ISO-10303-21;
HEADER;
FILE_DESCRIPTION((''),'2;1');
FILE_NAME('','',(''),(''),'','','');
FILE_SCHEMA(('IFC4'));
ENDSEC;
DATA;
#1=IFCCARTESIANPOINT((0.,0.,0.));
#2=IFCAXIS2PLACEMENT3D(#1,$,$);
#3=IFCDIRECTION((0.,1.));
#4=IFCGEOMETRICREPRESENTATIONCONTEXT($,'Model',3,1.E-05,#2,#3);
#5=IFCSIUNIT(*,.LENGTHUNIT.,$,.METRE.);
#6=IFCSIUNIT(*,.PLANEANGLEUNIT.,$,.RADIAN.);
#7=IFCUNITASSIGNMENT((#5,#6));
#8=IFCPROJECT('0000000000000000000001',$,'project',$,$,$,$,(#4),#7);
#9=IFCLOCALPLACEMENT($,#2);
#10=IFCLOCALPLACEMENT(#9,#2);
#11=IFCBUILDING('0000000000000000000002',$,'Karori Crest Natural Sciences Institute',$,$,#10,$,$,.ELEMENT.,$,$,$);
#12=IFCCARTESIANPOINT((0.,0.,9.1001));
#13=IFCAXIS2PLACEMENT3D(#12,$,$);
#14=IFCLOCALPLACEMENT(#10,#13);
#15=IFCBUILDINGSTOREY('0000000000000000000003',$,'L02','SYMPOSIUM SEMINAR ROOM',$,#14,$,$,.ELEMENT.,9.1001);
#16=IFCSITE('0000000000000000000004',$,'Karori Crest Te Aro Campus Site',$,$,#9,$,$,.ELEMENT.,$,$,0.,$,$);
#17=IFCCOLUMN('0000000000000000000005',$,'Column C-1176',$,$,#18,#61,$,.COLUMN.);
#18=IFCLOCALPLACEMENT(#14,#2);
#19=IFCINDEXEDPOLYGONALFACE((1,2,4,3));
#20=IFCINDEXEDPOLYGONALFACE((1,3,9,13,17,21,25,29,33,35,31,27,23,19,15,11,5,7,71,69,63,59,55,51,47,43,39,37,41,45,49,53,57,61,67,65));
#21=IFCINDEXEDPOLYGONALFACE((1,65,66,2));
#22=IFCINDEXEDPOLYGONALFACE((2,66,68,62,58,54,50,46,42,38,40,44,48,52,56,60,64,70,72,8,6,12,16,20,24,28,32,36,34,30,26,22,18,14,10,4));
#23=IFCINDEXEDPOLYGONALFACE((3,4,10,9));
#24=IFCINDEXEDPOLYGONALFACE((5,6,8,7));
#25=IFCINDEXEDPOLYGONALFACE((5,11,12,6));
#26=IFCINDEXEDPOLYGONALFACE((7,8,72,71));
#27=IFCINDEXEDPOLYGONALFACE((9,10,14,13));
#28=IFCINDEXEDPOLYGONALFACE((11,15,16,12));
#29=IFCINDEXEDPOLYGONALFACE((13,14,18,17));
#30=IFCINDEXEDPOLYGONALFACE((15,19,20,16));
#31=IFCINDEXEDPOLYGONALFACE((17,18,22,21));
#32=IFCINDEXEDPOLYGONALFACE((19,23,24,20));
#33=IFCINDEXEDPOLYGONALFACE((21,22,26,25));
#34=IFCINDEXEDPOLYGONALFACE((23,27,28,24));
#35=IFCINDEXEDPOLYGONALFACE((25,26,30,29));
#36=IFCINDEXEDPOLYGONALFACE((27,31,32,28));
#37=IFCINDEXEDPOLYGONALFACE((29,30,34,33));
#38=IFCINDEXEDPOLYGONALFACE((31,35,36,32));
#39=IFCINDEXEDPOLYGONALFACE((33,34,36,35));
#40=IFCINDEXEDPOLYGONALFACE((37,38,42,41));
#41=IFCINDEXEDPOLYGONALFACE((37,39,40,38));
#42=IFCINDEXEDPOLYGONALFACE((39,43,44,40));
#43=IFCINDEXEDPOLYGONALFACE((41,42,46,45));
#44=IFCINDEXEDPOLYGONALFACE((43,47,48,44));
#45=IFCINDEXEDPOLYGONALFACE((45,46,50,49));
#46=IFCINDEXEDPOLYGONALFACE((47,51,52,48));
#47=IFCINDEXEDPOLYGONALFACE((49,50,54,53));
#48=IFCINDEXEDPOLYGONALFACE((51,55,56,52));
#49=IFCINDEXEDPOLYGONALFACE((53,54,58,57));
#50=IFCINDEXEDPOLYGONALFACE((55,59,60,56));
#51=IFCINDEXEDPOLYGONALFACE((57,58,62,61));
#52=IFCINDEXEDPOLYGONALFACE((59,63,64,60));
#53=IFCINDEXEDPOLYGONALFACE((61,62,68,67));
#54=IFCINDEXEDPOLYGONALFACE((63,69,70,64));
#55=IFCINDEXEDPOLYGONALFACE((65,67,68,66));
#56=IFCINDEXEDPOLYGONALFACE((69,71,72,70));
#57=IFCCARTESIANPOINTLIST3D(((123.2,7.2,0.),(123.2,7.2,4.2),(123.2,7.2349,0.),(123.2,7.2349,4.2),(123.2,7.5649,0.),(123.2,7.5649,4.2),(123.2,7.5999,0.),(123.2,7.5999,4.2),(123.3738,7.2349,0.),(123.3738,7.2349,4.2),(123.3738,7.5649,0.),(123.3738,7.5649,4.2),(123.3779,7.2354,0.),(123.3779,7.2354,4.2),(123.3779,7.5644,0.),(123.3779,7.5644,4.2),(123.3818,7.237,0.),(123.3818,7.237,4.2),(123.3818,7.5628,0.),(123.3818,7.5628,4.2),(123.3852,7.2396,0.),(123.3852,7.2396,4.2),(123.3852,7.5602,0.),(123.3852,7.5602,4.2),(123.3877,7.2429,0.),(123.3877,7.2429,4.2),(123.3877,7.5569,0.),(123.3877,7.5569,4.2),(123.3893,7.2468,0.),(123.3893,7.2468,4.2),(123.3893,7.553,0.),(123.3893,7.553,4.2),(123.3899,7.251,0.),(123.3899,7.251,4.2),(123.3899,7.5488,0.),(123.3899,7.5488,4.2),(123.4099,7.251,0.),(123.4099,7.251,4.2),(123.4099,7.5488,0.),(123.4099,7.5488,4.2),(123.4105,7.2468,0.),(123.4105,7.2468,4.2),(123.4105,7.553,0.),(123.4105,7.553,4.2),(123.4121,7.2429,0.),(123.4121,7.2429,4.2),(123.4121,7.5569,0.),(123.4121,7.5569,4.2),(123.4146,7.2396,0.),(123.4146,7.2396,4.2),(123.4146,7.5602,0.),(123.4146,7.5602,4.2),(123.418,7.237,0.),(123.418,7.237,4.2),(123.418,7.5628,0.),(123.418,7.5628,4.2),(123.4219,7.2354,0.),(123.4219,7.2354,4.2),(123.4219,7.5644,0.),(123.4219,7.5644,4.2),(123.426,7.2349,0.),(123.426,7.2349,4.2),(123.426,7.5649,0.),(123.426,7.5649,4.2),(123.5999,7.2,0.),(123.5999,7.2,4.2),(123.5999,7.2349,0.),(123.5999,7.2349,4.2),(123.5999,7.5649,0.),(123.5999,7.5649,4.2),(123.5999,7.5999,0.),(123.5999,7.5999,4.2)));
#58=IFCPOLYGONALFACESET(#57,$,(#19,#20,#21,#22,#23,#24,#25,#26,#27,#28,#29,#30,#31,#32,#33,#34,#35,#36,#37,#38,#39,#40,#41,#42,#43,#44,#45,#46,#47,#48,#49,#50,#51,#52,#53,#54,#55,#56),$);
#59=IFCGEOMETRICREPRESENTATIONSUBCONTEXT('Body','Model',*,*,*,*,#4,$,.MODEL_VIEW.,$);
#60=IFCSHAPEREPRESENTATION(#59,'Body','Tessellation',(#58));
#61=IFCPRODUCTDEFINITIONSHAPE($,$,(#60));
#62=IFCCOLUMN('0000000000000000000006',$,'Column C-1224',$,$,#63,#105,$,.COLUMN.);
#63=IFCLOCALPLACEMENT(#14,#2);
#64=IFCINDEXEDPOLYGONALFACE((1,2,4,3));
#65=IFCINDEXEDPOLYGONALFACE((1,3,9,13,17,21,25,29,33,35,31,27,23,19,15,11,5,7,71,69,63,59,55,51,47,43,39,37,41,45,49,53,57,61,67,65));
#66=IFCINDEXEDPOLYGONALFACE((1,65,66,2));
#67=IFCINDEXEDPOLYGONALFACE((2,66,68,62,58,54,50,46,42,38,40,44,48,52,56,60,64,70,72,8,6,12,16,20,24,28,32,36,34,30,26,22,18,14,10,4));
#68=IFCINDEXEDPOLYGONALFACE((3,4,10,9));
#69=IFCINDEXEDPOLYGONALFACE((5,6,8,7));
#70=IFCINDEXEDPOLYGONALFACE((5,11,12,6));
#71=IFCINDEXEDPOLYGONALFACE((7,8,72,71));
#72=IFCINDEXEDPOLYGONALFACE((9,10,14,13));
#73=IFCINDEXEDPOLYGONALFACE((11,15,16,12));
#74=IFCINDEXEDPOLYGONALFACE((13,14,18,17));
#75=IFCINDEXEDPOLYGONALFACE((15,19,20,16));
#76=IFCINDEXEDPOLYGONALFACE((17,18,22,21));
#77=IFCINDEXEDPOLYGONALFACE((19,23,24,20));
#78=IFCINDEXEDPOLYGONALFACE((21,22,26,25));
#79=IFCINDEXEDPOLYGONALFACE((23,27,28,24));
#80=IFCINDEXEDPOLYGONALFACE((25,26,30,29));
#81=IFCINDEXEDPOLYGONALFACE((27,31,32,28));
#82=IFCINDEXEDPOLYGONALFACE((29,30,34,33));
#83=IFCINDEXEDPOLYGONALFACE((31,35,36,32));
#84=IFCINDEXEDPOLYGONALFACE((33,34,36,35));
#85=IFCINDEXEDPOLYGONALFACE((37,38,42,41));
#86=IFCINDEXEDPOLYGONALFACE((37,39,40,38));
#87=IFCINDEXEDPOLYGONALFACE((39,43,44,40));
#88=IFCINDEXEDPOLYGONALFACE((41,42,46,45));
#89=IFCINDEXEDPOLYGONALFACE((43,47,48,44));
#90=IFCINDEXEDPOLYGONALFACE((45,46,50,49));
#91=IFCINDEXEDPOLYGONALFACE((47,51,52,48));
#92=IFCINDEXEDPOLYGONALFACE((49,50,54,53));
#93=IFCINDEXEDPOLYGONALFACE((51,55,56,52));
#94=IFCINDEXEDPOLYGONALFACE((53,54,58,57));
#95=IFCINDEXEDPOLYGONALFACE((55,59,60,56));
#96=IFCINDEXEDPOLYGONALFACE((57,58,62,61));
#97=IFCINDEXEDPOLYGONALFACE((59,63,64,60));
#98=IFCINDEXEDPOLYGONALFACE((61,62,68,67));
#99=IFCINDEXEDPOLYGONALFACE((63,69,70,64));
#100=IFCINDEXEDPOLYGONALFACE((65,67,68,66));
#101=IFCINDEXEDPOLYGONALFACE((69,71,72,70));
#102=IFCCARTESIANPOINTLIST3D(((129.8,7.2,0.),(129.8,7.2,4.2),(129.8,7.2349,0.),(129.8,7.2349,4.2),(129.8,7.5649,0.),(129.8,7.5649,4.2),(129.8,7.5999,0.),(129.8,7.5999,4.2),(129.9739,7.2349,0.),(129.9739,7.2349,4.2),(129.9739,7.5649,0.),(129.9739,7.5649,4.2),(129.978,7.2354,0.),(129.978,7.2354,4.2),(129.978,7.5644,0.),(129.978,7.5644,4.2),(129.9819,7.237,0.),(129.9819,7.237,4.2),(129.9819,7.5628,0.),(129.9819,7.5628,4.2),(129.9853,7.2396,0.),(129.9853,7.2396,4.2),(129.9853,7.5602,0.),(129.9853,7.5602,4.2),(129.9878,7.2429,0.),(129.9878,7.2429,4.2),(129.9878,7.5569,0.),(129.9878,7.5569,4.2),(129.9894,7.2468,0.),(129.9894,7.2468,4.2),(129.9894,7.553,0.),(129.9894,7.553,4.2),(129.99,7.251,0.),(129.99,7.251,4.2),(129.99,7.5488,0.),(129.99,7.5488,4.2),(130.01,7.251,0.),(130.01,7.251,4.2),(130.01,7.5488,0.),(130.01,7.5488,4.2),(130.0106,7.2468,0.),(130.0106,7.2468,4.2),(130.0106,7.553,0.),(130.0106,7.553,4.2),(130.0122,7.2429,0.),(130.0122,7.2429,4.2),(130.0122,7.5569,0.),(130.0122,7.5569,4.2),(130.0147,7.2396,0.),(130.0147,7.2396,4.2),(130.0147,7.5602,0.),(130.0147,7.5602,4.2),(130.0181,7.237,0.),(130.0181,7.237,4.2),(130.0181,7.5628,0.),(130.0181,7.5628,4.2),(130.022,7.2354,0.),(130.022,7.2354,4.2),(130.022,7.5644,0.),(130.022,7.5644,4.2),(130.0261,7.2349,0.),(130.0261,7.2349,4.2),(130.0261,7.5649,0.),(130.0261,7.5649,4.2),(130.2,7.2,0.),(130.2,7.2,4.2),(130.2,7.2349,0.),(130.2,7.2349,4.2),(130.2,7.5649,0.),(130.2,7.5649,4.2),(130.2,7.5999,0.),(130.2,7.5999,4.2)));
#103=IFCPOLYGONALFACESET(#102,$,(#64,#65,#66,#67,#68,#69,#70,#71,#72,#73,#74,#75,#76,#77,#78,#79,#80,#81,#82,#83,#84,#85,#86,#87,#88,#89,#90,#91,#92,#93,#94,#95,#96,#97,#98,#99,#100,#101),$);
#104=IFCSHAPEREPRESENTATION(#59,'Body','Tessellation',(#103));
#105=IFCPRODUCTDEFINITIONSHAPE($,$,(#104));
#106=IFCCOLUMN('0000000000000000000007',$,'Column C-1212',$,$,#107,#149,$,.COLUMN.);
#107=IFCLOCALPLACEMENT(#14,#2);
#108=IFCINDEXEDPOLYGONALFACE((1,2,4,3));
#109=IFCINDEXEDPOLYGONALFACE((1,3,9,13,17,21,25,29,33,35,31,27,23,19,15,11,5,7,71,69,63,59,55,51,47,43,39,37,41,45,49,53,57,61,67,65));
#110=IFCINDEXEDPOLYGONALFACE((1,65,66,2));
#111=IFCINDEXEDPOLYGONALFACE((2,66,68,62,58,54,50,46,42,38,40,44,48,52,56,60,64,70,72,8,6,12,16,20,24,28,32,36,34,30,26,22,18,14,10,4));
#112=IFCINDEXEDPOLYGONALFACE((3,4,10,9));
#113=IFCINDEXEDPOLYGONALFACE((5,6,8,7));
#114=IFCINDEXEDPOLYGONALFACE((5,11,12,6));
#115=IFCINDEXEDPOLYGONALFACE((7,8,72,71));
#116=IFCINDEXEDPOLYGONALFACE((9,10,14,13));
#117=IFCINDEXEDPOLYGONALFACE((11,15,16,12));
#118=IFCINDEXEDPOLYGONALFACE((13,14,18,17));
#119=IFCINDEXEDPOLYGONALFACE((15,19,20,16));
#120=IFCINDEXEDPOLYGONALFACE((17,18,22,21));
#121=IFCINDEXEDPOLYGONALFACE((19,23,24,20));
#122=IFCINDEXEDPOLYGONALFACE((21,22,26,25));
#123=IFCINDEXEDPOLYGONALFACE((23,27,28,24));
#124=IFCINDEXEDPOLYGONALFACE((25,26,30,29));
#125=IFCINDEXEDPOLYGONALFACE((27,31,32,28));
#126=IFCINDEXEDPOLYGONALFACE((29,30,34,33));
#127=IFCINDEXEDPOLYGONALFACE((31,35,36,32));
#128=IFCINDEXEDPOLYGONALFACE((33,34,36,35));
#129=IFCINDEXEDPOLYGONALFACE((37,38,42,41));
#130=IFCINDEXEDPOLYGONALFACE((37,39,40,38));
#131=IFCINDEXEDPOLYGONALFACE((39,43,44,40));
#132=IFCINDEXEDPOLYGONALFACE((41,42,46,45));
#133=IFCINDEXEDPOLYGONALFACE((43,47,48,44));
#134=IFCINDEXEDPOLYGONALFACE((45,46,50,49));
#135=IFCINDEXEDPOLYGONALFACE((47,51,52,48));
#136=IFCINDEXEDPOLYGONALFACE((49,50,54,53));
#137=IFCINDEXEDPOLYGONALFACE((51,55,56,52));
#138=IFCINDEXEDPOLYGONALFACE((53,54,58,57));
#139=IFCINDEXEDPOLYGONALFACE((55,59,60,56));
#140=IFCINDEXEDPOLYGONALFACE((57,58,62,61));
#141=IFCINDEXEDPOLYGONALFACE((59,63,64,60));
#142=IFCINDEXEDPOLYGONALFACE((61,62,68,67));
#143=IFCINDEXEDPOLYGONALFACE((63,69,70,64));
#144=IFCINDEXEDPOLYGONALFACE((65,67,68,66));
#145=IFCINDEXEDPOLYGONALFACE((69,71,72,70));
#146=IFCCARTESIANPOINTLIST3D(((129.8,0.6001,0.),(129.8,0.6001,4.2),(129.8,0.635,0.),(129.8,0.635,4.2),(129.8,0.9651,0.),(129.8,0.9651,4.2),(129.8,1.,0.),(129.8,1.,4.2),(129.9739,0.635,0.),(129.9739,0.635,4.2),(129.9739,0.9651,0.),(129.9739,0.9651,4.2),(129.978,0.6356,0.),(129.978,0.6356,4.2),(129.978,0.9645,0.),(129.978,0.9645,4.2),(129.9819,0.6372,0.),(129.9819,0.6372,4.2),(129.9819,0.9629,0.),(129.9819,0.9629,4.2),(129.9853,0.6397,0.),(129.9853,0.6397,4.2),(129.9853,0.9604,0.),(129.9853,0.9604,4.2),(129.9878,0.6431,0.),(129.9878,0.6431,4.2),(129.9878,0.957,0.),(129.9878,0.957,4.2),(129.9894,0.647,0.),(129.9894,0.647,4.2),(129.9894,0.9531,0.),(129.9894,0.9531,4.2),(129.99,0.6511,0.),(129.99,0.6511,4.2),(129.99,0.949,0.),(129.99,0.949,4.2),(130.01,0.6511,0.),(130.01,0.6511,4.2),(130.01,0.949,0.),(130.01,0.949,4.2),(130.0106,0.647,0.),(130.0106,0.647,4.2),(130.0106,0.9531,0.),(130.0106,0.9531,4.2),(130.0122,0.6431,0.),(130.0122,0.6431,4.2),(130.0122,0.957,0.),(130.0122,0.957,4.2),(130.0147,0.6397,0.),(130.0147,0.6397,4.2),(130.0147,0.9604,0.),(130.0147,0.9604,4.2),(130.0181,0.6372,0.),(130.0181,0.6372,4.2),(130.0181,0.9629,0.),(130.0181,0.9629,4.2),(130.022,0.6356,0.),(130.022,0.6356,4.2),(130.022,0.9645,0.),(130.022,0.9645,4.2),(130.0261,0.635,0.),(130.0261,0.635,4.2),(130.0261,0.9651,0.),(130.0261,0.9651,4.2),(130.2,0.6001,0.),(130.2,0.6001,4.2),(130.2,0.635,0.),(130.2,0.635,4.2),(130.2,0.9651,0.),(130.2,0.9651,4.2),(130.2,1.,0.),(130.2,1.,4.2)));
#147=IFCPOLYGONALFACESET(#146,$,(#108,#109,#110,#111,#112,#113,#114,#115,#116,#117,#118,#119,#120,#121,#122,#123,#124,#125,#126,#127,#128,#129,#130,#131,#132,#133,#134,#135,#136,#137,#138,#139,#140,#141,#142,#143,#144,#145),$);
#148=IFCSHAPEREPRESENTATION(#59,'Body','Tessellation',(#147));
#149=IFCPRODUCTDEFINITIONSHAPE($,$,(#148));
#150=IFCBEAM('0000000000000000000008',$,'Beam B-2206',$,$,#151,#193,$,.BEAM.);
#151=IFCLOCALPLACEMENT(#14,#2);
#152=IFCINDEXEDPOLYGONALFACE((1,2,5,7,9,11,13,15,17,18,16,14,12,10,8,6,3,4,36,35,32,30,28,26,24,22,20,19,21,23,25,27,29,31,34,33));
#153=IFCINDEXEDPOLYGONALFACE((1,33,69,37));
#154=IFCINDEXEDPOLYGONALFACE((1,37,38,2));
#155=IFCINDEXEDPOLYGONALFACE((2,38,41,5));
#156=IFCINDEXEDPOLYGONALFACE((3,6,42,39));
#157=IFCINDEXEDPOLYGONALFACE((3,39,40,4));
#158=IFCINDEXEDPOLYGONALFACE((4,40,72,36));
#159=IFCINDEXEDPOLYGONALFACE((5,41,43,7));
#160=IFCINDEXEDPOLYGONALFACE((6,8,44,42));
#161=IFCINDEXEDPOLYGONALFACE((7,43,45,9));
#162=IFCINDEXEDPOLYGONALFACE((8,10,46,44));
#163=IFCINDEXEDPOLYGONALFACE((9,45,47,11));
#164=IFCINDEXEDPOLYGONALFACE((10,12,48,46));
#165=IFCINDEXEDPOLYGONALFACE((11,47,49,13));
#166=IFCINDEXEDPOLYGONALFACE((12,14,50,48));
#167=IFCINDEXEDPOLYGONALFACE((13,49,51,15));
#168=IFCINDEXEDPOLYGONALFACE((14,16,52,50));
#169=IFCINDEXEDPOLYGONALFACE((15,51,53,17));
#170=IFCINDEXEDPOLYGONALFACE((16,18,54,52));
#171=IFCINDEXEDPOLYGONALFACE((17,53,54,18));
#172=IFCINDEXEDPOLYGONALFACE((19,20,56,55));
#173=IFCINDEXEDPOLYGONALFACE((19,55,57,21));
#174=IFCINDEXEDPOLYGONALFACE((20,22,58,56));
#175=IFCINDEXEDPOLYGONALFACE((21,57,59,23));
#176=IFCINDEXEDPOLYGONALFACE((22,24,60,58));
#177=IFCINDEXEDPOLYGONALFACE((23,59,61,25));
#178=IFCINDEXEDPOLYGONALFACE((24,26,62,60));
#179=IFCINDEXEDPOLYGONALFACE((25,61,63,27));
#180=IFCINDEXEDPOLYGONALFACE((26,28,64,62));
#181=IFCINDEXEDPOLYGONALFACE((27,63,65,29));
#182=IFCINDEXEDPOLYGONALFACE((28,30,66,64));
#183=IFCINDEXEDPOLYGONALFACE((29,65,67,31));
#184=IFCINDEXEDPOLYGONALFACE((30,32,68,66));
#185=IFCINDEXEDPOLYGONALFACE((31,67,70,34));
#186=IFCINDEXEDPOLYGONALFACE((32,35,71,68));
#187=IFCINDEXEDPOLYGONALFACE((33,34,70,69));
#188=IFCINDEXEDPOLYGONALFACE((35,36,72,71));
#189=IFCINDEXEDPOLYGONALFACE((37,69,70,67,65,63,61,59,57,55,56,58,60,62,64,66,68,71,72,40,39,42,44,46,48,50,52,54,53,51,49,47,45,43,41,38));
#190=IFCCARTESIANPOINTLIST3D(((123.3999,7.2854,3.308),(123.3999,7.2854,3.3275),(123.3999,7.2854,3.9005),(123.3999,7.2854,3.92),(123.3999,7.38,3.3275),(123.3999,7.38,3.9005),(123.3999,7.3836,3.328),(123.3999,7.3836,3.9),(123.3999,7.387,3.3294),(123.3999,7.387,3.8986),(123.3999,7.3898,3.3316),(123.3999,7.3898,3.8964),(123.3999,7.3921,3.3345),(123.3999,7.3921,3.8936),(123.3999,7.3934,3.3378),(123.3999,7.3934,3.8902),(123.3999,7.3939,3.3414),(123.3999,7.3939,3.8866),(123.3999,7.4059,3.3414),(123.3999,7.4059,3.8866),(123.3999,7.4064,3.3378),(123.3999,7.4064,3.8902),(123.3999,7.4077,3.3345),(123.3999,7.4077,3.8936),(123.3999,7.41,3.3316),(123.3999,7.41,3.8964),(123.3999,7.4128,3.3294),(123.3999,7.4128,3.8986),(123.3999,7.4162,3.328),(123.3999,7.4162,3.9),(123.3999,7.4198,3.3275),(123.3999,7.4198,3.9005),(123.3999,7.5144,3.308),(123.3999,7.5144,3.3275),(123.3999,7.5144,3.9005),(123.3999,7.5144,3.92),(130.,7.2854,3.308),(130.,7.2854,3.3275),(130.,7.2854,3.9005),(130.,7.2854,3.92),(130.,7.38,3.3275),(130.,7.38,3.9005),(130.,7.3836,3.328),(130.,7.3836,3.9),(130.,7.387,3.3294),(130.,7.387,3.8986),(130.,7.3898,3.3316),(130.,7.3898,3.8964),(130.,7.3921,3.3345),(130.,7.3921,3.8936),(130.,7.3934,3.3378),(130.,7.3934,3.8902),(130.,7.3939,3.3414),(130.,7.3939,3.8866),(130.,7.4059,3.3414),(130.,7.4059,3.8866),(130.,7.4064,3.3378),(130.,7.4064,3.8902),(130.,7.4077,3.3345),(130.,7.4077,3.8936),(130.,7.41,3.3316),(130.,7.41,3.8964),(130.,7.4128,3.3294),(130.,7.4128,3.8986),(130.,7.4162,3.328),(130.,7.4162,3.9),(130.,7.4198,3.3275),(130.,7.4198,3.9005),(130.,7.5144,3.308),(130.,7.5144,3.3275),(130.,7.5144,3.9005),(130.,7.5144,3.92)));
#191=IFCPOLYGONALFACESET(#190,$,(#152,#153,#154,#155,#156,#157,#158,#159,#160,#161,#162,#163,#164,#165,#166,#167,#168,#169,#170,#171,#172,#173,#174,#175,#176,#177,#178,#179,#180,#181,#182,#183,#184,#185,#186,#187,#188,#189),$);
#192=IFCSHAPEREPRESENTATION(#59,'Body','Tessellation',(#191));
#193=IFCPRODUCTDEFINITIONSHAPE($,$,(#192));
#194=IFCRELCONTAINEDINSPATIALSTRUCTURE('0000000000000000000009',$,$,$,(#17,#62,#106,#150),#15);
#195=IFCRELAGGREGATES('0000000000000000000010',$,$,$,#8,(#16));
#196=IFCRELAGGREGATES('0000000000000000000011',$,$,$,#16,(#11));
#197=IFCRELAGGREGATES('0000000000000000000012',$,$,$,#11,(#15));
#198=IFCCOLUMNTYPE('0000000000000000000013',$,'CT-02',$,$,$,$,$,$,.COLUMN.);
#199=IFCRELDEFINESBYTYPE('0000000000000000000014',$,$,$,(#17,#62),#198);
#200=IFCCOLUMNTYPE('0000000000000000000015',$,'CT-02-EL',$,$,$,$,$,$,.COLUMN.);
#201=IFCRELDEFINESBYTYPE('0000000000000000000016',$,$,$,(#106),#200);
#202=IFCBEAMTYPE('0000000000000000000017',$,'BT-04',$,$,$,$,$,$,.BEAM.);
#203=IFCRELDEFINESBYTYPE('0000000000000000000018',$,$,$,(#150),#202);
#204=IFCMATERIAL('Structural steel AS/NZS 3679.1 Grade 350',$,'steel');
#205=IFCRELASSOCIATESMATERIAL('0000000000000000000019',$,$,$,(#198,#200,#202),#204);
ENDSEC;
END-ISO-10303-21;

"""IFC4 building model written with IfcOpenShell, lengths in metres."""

from ifc_helpers import new_model, si_unit, direction, frame, origin, origin_2d, place, context, subcontext, project, spatial, i_section, extrude, material, material_profile, profile_set, type_object, element, save


model = new_model("IFC4")

# Units and contexts
model_context = context("Model", 3, precision=1e-05, world=origin(), true_north=direction((0.0, 1.0)))
body_context = subcontext(model_context, "Body", "Model", "MODEL_VIEW")
ifc_project = project(units=[si_unit("LENGTHUNIT", "METRE"), si_unit("PLANEANGLEUNIT", "RADIAN")], contexts=[model_context])

# Site, building, storey
site_placement = place(None, origin())
site = spatial("IfcSite", under=ifc_project, at=site_placement, Name="Karori Crest Te Aro Campus Site", CompositionType="ELEMENT", RefElevation=0.0)
building_placement = place(site_placement, origin())
building = spatial("IfcBuilding", under=site, at=building_placement, Name="Karori Crest Natural Sciences Institute", CompositionType="ELEMENT")
storey_placement = place(building_placement, frame((0.0, 0.0, 9.1001)))
storey = spatial("IfcBuildingStorey", under=building, at=storey_placement, Name="L02", Description="SYMPOSIUM SEMINAR ROOM", CompositionType="ELEMENT", Elevation=9.1001)

# Columns
ifc_material_1 = material(Name="Structural steel AS/NZS 3679.1 Grade 350", Category="steel")
ifc_material_profile_1 = material_profile(ifc_material_1, i_section(OverallWidth=0.3999, OverallDepth=0.3999, WebThickness=0.02, FlangeThickness=0.0349, FilletRadius=0.0161, at=origin_2d()), Name="400WC328")
ifc_profile_set_1 = profile_set([ifc_material_profile_1], Name="Structural steel AS/NZS 3679.1 Grade 350")
column_type_1 = type_object("IfcColumnType", Name="CT-02", PredefinedType="COLUMN", material=ifc_profile_set_1)
for number, where, z_axis, x_axis, name in (
    (1, (123.3999, 7.3999, 0.0), (0.0, 0.0, 1.0), (1.0, 0.0, 0.0), "Column C-1176"),
    (2, (130.0, 7.3999, 0.0), (0.0, 0.0, 1.0), (1.0, 0.0, 0.0), "Column C-1224"),
):
    element("IfcColumn", number, at=place(storey_placement, frame(where, z_axis=z_axis, x_axis=x_axis)), inside=storey, type_object=column_type_1, Name=name, PredefinedType="COLUMN", context=body_context, shape_type="SweptSolid", body=[
        extrude(i_section(OverallWidth=0.3999, OverallDepth=0.3999, WebThickness=0.02, FlangeThickness=0.0349, FilletRadius=0.0161, at=origin_2d()), origin(), (0.0, 0.0, 1.0), 4.2),
    ])
ifc_material_profile_2 = material_profile(ifc_material_1, i_section(OverallWidth=0.3999, OverallDepth=0.3999, WebThickness=0.02, FlangeThickness=0.0349, FilletRadius=0.0161, at=origin_2d()), Name="400WC328")
ifc_profile_set_2 = profile_set([ifc_material_profile_2], Name="Structural steel AS/NZS 3679.1 Grade 350")
column_type_2 = type_object("IfcColumnType", Name="CT-02-EL", PredefinedType="COLUMN", material=ifc_profile_set_2)
column_placement = place(storey_placement, frame((130.0, 0.8, 0.0), z_axis=(0.0, 0.0, 1.0), x_axis=(1.0, 0.0, 0.0)))
element("IfcColumn", 3, at=column_placement, inside=storey, type_object=column_type_2, Name="Column C-1212", PredefinedType="COLUMN", context=body_context, shape_type="SweptSolid", body=[
    extrude(i_section(OverallWidth=0.3999, OverallDepth=0.3999, WebThickness=0.02, FlangeThickness=0.0349, FilletRadius=0.0161, at=origin_2d()), origin(), (0.0, 0.0, 1.0), 4.2),
])

# Beam
ifc_material_profile_3 = material_profile(ifc_material_1, i_section(OverallWidth=0.229, OverallDepth=0.6121, WebThickness=0.012, FlangeThickness=0.0195, FilletRadius=0.0139, at=origin_2d()), Name="610UB125")
ifc_profile_set_3 = profile_set([ifc_material_profile_3], Name="Structural steel AS/NZS 3679.1 Grade 350")
beam_type_1 = type_object("IfcBeamType", Name="BT-04", PredefinedType="BEAM", material=ifc_profile_set_3)
beam_1_placement = place(storey_placement, frame((123.3999, 7.3999, 3.614), z_axis=(1.0, 0.0, 0.0), x_axis=(0.0, 1.0, 0.0)))
element("IfcBeam", 4, at=beam_1_placement, inside=storey, type_object=beam_type_1, Name="Beam B-2206", PredefinedType="BEAM", context=body_context, shape_type="SweptSolid", body=[
    extrude(i_section(OverallWidth=0.229, OverallDepth=0.6121, WebThickness=0.012, FlangeThickness=0.0195, FilletRadius=0.0139, at=origin_2d()), origin(), (0.0, 0.0, 1.0), 6.6001),
])

save(model, "model.ifc")
